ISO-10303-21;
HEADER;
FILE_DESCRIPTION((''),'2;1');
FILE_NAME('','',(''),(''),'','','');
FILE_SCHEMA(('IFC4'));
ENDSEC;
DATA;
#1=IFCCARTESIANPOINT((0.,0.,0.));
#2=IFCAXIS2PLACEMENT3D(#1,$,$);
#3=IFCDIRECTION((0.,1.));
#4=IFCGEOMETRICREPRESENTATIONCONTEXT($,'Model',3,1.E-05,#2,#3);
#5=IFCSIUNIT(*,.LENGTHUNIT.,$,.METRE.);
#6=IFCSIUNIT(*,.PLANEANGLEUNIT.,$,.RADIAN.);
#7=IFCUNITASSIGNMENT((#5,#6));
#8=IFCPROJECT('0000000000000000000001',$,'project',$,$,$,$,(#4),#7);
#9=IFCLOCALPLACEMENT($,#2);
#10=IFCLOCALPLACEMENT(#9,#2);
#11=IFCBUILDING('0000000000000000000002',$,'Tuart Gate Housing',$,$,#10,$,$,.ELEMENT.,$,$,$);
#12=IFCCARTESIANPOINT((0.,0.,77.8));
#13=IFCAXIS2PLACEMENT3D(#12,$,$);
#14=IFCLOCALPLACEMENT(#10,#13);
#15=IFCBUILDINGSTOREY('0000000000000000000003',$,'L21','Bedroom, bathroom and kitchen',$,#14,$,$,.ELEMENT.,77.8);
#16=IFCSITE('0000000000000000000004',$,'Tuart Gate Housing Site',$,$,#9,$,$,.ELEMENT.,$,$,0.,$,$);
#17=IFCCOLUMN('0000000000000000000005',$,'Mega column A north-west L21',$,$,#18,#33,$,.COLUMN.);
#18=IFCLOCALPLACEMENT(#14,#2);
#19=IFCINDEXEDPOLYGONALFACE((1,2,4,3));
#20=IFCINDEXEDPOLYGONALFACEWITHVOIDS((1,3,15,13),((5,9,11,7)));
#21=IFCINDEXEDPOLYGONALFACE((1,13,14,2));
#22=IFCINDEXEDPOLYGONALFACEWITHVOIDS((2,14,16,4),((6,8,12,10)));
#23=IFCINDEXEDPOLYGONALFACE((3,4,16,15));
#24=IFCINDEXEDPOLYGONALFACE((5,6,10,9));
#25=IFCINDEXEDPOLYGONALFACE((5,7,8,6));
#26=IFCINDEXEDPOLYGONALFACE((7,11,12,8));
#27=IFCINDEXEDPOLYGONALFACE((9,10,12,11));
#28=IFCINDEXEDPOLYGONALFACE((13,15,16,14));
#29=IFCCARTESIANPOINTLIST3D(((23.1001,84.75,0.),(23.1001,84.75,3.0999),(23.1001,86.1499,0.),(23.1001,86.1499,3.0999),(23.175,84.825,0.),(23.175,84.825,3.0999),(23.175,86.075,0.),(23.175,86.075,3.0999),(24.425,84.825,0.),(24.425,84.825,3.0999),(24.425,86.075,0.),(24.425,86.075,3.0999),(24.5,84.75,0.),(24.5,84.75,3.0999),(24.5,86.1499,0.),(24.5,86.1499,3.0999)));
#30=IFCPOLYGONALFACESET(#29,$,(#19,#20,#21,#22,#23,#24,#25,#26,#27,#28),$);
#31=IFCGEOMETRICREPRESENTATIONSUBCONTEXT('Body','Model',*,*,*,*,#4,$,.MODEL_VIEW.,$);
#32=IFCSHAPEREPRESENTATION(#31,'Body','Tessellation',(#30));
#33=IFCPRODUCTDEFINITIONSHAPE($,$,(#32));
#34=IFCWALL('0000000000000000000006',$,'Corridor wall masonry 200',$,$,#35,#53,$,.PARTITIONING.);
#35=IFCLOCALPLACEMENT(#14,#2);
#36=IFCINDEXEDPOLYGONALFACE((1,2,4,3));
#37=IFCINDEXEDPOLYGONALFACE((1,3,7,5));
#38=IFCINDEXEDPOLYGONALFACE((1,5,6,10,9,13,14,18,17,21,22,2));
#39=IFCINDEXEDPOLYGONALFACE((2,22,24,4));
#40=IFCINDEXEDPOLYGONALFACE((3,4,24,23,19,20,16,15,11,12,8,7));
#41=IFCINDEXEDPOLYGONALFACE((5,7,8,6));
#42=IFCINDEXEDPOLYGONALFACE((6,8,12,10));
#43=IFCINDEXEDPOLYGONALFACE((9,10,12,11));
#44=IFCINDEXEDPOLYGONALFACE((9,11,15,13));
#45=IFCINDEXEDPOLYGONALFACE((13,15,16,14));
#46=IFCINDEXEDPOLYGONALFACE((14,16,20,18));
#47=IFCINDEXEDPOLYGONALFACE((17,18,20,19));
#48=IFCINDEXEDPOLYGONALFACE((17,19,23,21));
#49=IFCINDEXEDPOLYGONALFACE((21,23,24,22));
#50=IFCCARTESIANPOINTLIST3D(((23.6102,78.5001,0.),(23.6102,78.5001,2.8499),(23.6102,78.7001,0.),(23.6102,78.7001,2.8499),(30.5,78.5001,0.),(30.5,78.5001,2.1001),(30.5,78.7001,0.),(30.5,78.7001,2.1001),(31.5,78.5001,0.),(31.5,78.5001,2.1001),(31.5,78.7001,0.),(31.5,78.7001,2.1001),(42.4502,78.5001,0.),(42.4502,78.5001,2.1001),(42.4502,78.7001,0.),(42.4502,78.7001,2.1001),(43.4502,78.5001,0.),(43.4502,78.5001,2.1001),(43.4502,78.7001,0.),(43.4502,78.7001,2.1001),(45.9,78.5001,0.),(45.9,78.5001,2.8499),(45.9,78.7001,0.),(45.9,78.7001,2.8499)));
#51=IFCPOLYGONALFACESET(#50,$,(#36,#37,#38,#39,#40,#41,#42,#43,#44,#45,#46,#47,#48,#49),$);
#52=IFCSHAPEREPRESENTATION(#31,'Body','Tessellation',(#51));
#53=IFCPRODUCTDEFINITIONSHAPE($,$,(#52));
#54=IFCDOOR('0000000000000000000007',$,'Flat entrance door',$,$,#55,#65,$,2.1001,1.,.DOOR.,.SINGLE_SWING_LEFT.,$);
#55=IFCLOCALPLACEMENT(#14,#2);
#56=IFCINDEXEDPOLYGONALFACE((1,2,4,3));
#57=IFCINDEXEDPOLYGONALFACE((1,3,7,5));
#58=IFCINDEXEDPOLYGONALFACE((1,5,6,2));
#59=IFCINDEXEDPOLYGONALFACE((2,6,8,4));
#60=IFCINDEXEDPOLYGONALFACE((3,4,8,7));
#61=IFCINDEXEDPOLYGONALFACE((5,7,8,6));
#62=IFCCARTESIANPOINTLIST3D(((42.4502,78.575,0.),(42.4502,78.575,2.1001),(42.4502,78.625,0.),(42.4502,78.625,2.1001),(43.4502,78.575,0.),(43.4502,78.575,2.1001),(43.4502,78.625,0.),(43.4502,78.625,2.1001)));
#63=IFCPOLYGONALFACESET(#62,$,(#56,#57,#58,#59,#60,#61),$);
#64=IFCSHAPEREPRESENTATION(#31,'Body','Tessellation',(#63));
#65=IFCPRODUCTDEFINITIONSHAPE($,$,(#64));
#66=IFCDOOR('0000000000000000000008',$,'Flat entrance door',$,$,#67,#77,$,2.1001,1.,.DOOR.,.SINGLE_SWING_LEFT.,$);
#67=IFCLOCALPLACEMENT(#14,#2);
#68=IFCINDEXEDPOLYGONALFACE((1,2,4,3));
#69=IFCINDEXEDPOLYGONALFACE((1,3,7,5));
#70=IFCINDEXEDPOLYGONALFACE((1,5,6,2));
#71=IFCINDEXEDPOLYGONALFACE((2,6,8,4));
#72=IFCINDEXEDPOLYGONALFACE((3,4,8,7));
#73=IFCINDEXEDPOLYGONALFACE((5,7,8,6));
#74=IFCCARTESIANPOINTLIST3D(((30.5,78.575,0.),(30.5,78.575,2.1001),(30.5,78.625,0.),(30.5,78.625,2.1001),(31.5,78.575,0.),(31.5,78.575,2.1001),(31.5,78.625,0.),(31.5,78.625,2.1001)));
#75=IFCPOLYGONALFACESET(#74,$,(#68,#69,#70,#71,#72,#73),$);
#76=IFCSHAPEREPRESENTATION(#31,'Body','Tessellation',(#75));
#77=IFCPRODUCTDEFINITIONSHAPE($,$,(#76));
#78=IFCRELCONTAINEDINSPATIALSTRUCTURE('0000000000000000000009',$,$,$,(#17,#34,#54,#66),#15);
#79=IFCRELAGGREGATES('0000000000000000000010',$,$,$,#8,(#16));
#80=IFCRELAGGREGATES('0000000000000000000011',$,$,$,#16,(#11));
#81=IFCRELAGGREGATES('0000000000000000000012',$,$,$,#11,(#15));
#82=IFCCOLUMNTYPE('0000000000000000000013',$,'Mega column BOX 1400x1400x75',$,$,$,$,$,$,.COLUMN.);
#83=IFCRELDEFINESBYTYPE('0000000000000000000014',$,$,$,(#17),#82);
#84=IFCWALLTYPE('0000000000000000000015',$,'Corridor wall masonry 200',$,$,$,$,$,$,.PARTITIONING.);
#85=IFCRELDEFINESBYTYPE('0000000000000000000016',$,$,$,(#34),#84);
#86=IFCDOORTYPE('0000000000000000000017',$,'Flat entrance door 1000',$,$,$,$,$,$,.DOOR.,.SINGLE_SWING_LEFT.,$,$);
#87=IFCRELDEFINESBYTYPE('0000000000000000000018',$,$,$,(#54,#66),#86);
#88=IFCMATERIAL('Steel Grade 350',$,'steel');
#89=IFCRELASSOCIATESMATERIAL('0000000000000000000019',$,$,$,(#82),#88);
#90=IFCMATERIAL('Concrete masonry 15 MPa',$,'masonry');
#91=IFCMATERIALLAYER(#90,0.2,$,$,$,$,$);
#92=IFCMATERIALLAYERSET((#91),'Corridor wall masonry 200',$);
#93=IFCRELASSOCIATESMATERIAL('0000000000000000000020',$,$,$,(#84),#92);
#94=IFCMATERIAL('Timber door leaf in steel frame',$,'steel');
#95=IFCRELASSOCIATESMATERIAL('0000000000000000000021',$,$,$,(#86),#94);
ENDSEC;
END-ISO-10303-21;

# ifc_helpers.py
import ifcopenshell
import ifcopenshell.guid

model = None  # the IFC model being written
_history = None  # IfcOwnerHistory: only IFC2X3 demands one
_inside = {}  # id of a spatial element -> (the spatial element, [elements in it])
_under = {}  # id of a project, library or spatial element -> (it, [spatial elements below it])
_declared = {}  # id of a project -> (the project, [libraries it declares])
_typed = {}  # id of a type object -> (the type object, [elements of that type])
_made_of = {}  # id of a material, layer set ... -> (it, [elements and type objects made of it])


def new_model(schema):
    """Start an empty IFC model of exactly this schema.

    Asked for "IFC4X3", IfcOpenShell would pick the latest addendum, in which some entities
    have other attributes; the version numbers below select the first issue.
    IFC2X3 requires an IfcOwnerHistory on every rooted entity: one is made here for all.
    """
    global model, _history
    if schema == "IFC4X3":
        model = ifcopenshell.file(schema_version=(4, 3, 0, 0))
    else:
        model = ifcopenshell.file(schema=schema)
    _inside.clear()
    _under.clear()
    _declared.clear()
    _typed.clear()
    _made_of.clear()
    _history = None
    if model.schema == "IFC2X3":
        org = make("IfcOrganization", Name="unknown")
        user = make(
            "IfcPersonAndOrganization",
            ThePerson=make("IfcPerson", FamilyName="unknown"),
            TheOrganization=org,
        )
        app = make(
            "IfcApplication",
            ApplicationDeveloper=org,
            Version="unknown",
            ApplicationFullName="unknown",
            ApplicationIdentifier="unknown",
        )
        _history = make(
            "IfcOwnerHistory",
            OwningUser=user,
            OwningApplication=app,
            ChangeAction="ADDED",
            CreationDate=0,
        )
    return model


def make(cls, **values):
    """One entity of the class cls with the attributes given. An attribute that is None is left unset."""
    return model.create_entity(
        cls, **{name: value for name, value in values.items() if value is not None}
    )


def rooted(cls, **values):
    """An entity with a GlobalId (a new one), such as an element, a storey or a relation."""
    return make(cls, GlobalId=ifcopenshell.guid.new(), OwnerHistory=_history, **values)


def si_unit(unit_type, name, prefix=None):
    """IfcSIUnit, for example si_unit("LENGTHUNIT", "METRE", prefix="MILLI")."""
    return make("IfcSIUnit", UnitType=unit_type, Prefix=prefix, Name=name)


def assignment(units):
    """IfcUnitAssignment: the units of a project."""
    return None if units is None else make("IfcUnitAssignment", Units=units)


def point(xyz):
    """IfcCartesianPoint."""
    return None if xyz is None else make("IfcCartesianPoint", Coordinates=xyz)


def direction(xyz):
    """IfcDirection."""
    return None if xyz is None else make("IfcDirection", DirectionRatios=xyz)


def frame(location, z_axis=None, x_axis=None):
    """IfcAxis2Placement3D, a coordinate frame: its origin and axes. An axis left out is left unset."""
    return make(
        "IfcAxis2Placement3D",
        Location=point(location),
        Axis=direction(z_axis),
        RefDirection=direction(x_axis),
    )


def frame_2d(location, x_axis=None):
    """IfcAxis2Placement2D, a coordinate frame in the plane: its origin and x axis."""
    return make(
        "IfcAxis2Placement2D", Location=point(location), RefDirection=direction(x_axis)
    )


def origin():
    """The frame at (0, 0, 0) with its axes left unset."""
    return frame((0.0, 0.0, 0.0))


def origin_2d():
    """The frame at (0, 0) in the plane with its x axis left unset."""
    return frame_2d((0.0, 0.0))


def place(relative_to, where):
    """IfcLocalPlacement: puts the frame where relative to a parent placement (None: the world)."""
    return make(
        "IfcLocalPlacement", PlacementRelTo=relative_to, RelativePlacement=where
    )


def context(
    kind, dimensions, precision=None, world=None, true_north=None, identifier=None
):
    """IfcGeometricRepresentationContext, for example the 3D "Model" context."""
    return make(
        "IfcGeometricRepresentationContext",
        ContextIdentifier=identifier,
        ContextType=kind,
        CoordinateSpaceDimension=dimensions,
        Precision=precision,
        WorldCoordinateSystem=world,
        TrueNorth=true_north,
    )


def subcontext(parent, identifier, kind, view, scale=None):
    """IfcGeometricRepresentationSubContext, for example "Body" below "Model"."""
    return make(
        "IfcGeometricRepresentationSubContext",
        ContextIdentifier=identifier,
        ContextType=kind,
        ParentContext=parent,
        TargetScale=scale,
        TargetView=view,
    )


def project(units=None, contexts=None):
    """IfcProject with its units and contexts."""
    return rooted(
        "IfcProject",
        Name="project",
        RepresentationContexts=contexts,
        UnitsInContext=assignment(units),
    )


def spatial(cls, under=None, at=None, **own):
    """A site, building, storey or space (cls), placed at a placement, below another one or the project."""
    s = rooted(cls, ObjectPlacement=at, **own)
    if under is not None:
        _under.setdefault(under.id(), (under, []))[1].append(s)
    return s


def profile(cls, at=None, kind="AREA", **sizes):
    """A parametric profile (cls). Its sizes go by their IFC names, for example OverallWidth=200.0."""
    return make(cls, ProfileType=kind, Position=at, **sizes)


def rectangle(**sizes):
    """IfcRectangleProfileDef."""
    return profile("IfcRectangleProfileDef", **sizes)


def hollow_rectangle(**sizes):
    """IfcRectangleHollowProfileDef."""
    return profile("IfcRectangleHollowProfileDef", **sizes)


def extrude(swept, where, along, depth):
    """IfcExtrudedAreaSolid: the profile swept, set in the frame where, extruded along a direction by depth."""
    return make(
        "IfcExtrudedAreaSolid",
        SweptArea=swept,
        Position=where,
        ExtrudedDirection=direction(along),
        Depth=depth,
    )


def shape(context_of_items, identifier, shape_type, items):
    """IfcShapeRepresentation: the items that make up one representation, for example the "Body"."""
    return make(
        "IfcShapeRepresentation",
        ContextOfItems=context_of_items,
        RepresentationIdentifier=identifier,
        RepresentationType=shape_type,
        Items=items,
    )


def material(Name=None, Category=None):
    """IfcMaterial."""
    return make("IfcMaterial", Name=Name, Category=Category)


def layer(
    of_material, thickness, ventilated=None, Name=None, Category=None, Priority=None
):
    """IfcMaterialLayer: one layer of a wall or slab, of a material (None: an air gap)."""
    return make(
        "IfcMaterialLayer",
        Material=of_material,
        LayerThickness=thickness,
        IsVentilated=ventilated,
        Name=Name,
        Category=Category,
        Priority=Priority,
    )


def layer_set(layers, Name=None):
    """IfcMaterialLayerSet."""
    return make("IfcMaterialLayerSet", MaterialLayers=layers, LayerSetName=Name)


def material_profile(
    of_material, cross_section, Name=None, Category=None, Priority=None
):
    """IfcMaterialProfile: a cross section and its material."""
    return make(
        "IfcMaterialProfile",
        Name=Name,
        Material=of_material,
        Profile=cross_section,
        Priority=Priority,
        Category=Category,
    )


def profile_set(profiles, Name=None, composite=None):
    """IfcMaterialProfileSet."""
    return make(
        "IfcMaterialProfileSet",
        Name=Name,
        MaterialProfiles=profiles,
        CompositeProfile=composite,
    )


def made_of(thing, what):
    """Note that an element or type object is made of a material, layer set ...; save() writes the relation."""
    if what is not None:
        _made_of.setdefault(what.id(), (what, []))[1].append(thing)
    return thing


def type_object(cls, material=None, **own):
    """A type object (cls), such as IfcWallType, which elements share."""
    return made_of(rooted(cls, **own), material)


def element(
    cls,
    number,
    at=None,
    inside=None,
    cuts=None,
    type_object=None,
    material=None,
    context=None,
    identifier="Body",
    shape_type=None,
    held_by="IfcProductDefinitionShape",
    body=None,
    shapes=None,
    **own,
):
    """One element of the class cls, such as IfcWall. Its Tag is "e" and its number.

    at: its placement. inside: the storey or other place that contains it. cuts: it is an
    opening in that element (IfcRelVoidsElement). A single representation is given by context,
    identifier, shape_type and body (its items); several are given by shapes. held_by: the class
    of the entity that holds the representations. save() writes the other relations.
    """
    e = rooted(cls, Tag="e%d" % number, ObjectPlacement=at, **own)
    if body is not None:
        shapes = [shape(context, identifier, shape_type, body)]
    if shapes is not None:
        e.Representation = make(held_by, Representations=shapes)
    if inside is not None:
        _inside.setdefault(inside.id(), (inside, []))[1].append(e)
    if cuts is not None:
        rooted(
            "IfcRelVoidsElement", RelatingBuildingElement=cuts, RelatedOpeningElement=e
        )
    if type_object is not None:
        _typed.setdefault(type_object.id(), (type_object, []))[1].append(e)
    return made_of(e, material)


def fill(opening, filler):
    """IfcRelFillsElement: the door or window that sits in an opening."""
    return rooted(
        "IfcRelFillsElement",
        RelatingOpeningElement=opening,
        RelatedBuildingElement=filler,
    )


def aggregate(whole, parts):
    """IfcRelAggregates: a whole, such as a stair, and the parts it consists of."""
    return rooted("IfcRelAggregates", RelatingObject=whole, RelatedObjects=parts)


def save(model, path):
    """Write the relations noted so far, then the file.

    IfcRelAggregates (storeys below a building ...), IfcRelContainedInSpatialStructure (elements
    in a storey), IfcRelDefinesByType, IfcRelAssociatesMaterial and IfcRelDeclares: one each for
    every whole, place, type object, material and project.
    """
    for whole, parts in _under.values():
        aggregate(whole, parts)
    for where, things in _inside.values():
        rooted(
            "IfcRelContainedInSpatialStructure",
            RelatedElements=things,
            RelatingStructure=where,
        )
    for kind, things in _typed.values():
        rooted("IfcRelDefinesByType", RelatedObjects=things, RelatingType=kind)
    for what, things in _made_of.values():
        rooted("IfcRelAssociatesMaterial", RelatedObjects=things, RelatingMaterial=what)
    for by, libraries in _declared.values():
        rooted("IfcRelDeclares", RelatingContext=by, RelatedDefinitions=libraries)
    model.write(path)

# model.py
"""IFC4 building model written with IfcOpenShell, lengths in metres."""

from ifc_helpers import new_model, si_unit, direction, frame, frame_2d, origin, origin_2d, place, context, subcontext, project, spatial, rectangle, hollow_rectangle, extrude, material, layer, layer_set, material_profile, profile_set, type_object, element, fill, save


model = new_model("IFC4")

# Units and contexts
model_context = context("Model", 3, precision=1e-05, world=origin(), true_north=direction((0.0, 1.0)))
body_context = subcontext(model_context, "Body", "Model", "MODEL_VIEW")
ifc_project = project(units=[si_unit("LENGTHUNIT", "METRE"), si_unit("PLANEANGLEUNIT", "RADIAN")], contexts=[model_context])

# Site, building, storey
site_placement = place(None, origin())
site = spatial("IfcSite", under=ifc_project, at=site_placement, Name="Tuart Gate Housing Site", CompositionType="ELEMENT", RefElevation=0.0)
building_placement = place(site_placement, origin())
building = spatial("IfcBuilding", under=site, at=building_placement, Name="Tuart Gate Housing", CompositionType="ELEMENT")
storey_placement = place(building_placement, frame((0.0, 0.0, 77.8)))
storey = spatial("IfcBuildingStorey", under=building, at=storey_placement, Name="L21", Description="Bedroom, bathroom and kitchen", CompositionType="ELEMENT", Elevation=77.8)

# Column
ifc_material_1 = material(Name="Steel Grade 350", Category="steel")
ifc_material_profile = material_profile(ifc_material_1, hollow_rectangle(XDim=1.3999, YDim=1.3999, WallThickness=0.075, at=origin_2d()), Name="BOX 1400x1400x75")
ifc_profile_set = profile_set([ifc_material_profile], Name="Steel Grade 350")
column_type = type_object("IfcColumnType", Name="Mega column BOX 1400x1400x75", PredefinedType="COLUMN", material=ifc_profile_set)
column_placement = place(storey_placement, frame((23.8, 85.45, 0.0), z_axis=(0.0, 0.0, 1.0), x_axis=(1.0, 0.0, 0.0)))
element("IfcColumn", 1, at=column_placement, inside=storey, type_object=column_type, Name="Mega column A north-west L21", PredefinedType="COLUMN", context=body_context, shape_type="SweptSolid", body=[
    extrude(hollow_rectangle(XDim=1.3999, YDim=1.3999, WallThickness=0.075, at=origin_2d()), origin(), (0.0, 0.0, 1.0), 3.0999),
])

# Wall, openings, doors
ifc_material_2 = material(Name="Concrete masonry 15 MPa", Category="masonry")
ifc_layer_1 = layer(ifc_material_2, 0.2)
ifc_layer_set_1 = layer_set([ifc_layer_1], Name="Corridor wall masonry 200")
wall_type_1 = type_object("IfcWallType", Name="Corridor wall masonry 200", PredefinedType="PARTITIONING", material=ifc_layer_set_1)
wall_1_placement = place(storey_placement, frame((23.6101, 78.6001, 0.0), z_axis=(0.0, 0.0, 1.0), x_axis=(1.0, 0.0, 0.0)))
wall_1 = element("IfcWall", 2, at=wall_1_placement, inside=storey, type_object=wall_type_1, Name="Corridor wall masonry 200", PredefinedType="PARTITIONING", context=body_context, shape_type="SweptSolid", body=[
    extrude(rectangle(XDim=22.2898, YDim=0.2, at=frame_2d((11.145, 0.0))), origin(), (0.0, 0.0, 1.0), 2.8499),
])
opening_1_placement = place(wall_1_placement, frame((18.8401, 0.0, 0.0)))
opening_1 = element("IfcOpeningElement", 3, at=opening_1_placement, cuts=wall_1, PredefinedType="OPENING", context=body_context, shape_type="SweptSolid", body=[
    extrude(rectangle(XDim=1.0, YDim=2.1001, at=frame_2d((0.5, 1.05))), frame((0.0, 0.1099, 0.0), z_axis=(0.0, -1.0, 0.0), x_axis=(1.0, 0.0, 0.0)), (0.0, 0.0, 1.0), 0.22),
])
opening_2_placement = place(wall_1_placement, frame((6.8899, 0.0, 0.0)))
opening_2 = element("IfcOpeningElement", 4, at=opening_2_placement, cuts=wall_1, PredefinedType="OPENING", context=body_context, shape_type="SweptSolid", body=[
    extrude(rectangle(XDim=1.0, YDim=2.1001, at=frame_2d((0.5, 1.05))), frame((0.0, 0.1099, 0.0), z_axis=(0.0, -1.0, 0.0), x_axis=(1.0, 0.0, 0.0)), (0.0, 0.0, 1.0), 0.22),
])
ifc_material_3 = material(Name="Timber door leaf in steel frame", Category="steel")
door_type = type_object("IfcDoorType", Name="Flat entrance door 1000", OperationType="SINGLE_SWING_LEFT", PredefinedType="DOOR", material=ifc_material_3)
door_1_placement = place(opening_1_placement, origin())
door_1 = element("IfcDoor", 5, at=door_1_placement, inside=storey, type_object=door_type, Name="Flat entrance door", OperationType="SINGLE_SWING_LEFT", OverallHeight=2.1001, OverallWidth=1.0, PredefinedType="DOOR", context=body_context, shape_type="SweptSolid", body=[
    extrude(rectangle(XDim=1.0, YDim=2.1001, at=frame_2d((0.5, 1.05))), frame((0.0, 0.0249, 0.0), z_axis=(0.0, -1.0, 0.0), x_axis=(1.0, 0.0, 0.0)), (0.0, 0.0, 1.0), 0.05),
])
fill(opening_1, door_1)
door_2_placement = place(opening_2_placement, origin())
door_2 = element("IfcDoor", 6, at=door_2_placement, inside=storey, type_object=door_type, Name="Flat entrance door", OperationType="SINGLE_SWING_LEFT", OverallHeight=2.1001, OverallWidth=1.0, PredefinedType="DOOR", context=body_context, shape_type="SweptSolid", body=[
    extrude(rectangle(XDim=1.0, YDim=2.1001, at=frame_2d((0.5, 1.05))), frame((0.0, 0.0249, 0.0), z_axis=(0.0, -1.0, 0.0), x_axis=(1.0, 0.0, 0.0)), (0.0, 0.0, 1.0), 0.05),
])
fill(opening_2, door_2)

save(model, "model.ifc")
